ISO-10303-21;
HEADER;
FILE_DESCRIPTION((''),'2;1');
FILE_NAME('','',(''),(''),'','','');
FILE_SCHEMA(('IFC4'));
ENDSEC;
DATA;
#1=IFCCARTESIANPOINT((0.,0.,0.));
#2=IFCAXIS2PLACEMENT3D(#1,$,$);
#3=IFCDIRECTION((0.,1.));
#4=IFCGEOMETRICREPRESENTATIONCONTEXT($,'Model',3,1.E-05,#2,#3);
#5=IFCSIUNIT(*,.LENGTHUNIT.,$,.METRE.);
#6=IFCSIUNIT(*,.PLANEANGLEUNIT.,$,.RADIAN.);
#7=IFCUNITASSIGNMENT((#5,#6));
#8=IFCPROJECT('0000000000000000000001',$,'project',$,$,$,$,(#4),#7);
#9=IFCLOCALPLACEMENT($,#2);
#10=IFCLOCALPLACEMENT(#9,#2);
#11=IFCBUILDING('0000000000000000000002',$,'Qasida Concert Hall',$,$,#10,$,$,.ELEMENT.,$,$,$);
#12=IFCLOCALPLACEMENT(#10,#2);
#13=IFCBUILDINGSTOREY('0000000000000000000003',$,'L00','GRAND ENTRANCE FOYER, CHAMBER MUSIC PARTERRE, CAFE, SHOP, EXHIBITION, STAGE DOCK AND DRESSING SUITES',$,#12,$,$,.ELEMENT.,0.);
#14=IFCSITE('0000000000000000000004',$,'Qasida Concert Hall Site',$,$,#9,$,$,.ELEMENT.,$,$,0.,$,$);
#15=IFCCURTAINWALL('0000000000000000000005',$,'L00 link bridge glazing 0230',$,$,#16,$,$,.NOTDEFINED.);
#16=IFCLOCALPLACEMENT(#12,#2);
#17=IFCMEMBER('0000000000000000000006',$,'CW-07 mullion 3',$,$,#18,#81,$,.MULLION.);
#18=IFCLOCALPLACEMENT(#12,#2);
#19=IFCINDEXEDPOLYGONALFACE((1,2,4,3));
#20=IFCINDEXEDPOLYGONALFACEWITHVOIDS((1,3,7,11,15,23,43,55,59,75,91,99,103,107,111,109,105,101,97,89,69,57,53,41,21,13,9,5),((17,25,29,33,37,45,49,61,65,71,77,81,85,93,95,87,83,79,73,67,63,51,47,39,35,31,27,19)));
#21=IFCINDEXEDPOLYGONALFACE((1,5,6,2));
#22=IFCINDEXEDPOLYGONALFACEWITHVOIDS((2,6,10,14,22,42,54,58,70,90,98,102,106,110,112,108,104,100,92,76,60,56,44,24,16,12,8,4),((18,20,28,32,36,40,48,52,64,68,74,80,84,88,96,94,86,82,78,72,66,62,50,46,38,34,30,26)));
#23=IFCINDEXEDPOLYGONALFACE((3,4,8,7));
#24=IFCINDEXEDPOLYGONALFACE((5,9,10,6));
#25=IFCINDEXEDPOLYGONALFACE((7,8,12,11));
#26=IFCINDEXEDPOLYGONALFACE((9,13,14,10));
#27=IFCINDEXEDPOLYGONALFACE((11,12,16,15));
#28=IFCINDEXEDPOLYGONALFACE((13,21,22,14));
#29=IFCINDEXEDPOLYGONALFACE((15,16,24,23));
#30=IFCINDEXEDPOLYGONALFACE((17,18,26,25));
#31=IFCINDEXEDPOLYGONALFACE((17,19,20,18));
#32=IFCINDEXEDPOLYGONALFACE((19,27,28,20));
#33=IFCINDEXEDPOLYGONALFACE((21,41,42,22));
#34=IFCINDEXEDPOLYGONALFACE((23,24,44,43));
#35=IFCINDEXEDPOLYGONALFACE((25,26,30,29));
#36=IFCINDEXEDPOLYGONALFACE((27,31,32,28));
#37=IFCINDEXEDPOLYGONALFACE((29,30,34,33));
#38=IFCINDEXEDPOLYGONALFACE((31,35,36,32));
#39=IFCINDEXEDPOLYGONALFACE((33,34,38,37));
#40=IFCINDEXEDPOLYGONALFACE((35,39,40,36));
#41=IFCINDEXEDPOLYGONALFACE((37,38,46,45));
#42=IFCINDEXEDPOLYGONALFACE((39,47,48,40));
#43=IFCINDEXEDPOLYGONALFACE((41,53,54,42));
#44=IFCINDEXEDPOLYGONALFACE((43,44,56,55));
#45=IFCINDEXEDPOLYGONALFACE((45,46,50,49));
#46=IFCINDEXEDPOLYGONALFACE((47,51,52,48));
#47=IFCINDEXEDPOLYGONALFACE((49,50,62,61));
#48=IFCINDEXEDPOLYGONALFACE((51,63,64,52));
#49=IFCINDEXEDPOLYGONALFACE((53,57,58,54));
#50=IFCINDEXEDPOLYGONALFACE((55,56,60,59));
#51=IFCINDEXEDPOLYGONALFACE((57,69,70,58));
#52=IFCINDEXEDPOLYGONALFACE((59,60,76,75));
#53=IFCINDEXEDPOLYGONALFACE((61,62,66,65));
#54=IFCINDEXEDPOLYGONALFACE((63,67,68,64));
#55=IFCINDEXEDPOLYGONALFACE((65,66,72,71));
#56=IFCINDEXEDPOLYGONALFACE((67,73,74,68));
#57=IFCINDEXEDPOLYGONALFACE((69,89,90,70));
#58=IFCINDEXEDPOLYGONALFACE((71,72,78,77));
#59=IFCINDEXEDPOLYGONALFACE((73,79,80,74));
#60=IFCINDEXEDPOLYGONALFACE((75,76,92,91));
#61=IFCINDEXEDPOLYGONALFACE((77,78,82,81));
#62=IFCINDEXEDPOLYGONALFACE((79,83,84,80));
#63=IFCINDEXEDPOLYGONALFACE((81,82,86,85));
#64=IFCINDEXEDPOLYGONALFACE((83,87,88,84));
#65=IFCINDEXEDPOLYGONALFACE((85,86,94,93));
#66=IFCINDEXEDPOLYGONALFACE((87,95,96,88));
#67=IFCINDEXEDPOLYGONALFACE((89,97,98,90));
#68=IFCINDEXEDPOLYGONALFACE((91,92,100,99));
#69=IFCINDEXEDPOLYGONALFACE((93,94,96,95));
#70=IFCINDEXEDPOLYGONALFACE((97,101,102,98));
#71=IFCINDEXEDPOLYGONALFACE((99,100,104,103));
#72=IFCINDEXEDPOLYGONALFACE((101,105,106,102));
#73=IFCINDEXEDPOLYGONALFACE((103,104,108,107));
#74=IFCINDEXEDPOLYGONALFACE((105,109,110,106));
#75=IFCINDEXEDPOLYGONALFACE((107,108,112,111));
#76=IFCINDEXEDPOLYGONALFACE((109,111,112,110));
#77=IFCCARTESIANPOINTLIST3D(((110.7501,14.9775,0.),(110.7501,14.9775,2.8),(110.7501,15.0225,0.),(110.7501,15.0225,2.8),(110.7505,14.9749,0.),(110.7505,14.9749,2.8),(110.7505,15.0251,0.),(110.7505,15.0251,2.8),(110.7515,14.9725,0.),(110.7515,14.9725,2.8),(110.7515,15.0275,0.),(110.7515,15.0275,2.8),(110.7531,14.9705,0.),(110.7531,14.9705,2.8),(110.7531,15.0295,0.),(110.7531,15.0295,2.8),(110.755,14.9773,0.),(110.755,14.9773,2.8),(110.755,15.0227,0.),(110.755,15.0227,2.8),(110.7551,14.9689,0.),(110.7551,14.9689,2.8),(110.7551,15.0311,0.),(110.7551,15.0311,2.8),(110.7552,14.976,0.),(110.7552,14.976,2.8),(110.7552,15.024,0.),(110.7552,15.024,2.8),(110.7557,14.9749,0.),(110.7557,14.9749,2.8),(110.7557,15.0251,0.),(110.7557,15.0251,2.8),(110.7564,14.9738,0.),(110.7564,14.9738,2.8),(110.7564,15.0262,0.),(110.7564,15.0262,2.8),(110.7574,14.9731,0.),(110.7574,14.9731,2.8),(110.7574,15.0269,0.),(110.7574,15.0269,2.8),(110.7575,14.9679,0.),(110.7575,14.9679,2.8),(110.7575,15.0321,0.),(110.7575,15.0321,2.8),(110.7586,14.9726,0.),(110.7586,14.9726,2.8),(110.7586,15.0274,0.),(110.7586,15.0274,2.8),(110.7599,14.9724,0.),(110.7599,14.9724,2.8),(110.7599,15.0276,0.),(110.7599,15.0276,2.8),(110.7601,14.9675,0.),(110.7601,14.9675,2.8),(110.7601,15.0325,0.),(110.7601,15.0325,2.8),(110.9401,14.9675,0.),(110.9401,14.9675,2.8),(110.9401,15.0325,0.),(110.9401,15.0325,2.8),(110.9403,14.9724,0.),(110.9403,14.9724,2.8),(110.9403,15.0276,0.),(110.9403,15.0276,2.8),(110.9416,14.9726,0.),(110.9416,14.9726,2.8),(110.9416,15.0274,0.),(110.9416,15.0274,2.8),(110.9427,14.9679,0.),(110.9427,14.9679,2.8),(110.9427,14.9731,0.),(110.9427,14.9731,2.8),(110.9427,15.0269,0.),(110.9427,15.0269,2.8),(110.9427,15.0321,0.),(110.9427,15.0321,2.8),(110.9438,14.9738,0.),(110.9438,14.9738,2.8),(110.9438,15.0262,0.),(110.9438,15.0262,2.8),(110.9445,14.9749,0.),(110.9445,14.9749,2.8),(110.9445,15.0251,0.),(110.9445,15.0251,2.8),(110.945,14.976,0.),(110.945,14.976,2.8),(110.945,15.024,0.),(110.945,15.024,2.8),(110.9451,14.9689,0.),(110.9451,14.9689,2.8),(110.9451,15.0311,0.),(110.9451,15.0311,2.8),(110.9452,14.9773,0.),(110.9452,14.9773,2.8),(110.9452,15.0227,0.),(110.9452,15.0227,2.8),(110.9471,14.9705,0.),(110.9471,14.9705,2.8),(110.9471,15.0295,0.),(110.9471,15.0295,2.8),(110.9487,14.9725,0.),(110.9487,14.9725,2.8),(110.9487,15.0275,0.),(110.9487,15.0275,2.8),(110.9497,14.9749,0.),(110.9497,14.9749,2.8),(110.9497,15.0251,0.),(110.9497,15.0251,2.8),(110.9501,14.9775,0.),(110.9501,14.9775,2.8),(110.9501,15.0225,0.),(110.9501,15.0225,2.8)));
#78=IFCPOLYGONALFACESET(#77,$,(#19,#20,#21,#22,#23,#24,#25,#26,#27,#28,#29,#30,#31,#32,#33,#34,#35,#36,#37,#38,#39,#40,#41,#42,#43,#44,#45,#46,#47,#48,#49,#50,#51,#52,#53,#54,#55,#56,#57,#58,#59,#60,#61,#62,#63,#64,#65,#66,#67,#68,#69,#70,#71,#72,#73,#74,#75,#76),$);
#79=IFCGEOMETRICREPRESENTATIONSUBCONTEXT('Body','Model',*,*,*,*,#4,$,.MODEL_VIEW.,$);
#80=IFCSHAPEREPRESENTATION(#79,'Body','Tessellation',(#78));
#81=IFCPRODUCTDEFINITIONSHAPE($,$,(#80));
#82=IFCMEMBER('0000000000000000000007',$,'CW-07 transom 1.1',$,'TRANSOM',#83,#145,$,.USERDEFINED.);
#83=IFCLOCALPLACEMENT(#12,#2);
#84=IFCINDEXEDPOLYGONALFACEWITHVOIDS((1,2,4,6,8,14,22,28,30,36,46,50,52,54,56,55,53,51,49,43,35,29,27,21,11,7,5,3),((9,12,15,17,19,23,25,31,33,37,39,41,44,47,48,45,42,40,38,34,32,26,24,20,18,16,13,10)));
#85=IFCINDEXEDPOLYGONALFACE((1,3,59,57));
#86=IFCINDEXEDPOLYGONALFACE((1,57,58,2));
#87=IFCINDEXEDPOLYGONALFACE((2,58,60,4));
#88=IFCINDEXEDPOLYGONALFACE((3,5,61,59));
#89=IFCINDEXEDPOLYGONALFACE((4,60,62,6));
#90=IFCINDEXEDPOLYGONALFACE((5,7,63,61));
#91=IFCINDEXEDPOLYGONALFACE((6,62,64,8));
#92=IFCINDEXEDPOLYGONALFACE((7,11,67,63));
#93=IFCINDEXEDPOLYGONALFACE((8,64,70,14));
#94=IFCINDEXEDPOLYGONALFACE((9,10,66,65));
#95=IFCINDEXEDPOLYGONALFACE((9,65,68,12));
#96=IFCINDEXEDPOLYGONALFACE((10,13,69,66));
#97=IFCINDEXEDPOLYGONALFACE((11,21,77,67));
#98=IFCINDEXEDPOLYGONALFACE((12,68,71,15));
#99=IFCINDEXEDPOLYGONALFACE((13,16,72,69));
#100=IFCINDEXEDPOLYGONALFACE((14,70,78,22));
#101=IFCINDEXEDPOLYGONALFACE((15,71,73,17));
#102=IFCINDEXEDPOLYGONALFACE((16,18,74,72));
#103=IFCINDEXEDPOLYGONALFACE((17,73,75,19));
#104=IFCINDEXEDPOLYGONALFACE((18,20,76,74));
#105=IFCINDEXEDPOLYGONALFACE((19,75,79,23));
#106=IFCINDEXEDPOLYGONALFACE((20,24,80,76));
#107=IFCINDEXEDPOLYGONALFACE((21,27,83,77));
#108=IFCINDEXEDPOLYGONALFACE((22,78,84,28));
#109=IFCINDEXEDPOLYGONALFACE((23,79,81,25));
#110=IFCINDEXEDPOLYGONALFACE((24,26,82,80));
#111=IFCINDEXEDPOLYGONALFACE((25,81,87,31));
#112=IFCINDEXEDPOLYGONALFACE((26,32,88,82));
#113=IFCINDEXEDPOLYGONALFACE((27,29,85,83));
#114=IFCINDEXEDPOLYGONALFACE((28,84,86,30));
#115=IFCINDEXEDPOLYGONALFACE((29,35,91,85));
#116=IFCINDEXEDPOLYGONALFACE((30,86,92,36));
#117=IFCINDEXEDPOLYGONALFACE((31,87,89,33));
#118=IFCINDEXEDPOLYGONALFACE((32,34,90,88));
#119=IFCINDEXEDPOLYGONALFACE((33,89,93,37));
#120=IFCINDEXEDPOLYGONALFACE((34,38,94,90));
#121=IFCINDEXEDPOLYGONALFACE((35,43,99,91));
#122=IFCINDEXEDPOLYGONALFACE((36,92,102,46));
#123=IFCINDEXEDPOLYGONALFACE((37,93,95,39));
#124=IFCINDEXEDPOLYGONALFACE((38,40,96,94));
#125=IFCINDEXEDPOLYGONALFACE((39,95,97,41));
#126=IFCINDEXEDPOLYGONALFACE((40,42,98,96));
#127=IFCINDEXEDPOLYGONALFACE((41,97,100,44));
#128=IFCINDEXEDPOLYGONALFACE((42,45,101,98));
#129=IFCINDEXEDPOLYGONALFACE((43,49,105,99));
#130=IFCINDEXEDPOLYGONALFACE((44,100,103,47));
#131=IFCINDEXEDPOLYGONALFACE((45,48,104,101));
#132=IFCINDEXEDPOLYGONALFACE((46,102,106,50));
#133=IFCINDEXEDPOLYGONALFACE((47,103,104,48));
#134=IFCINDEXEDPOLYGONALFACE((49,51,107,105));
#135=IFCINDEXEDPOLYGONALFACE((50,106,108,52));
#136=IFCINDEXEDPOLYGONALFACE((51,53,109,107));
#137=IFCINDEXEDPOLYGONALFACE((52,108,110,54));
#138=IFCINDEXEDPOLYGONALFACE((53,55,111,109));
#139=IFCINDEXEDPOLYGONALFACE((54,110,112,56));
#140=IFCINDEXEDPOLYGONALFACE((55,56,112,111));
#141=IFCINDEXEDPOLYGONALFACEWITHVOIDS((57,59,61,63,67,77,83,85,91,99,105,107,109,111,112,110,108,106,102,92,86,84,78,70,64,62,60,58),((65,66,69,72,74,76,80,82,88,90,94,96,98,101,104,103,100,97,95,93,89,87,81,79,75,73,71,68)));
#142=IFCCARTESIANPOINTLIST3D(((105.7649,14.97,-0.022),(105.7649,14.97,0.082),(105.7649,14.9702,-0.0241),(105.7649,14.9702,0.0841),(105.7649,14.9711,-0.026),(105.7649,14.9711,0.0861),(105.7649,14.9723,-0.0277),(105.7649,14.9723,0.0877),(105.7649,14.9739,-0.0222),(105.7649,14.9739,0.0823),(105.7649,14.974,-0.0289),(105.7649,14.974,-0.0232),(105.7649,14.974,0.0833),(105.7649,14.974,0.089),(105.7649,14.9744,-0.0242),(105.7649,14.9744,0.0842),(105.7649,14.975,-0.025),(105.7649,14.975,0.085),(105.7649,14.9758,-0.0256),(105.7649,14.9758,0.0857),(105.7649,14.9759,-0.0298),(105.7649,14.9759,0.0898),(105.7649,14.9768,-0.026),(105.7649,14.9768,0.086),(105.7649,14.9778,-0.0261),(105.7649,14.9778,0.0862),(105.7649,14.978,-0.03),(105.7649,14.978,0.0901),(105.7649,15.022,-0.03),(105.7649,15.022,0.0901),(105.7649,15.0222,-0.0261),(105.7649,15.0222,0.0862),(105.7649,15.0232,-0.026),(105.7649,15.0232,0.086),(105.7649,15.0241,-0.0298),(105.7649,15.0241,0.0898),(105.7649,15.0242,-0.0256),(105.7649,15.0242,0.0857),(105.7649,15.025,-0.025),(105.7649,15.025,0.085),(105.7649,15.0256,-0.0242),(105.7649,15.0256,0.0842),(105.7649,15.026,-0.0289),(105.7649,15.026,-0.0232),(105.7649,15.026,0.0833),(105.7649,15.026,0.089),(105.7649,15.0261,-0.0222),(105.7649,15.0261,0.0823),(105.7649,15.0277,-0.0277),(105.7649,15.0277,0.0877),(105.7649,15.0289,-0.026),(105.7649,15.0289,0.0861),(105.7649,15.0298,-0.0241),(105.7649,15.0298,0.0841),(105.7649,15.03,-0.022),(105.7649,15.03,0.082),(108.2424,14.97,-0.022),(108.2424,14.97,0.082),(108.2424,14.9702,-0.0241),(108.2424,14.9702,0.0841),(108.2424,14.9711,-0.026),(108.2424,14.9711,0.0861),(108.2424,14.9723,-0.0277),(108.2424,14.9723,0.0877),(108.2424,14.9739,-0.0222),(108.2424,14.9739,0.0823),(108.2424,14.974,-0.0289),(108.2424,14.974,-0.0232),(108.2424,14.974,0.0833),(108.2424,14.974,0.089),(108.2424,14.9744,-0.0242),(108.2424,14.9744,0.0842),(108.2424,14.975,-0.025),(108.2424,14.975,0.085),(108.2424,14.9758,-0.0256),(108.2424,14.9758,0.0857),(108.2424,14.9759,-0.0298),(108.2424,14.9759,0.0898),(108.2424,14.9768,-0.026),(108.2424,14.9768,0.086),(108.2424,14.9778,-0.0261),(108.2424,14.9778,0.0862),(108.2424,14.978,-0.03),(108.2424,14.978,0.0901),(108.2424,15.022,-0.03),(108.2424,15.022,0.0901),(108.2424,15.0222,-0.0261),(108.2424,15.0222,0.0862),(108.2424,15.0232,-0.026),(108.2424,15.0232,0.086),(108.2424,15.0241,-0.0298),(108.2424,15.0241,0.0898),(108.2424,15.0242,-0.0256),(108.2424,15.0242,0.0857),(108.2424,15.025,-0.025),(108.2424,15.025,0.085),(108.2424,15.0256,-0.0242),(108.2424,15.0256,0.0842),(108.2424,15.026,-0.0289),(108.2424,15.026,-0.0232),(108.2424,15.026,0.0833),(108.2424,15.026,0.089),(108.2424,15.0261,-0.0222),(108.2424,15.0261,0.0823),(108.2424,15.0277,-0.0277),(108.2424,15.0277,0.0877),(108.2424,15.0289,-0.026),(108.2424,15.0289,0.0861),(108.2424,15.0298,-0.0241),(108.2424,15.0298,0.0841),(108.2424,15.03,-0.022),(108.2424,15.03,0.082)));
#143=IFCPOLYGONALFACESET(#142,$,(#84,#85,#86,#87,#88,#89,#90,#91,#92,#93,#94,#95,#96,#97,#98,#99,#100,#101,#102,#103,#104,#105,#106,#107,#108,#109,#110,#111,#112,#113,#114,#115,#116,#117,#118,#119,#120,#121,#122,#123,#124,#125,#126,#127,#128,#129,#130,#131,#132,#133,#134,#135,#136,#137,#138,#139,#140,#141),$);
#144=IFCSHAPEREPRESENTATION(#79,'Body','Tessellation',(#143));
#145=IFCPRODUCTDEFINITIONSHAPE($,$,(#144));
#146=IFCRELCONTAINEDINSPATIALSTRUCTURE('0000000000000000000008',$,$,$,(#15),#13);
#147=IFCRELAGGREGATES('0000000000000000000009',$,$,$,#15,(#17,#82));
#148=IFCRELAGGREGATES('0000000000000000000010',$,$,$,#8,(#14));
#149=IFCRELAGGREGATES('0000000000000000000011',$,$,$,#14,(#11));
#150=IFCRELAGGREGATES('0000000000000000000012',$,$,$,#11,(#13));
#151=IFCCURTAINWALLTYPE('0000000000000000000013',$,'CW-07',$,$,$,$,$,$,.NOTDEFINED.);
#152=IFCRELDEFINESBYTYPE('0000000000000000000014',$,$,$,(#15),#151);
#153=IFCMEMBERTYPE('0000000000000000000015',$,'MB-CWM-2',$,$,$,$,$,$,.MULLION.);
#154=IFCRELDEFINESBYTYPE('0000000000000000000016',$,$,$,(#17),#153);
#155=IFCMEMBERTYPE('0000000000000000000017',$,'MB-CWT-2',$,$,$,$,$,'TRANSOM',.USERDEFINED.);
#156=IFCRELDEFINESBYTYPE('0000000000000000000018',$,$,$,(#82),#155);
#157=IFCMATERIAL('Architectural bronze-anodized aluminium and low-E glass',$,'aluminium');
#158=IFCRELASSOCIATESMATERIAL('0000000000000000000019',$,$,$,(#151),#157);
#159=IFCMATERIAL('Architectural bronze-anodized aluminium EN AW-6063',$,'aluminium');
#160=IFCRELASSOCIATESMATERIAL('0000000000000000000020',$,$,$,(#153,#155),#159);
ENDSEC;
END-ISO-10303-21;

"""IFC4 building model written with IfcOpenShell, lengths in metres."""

from ifc_helpers import new_model, si_unit, direction, frame, origin, origin_2d, place, context, subcontext, project, spatial, hollow_rectangle, extrude, material, material_profile, profile_set, type_object, element, aggregate, save


model = new_model("IFC4")

# Units and contexts
model_context = context("Model", 3, precision=1e-05, world=origin(), true_north=direction((0.0, 1.0)))
body_context = subcontext(model_context, "Body", "Model", "MODEL_VIEW")
ifc_project = project(units=[si_unit("LENGTHUNIT", "METRE"), si_unit("PLANEANGLEUNIT", "RADIAN")], contexts=[model_context])

# Site, building, storey
site_placement = place(None, origin())
site = spatial("IfcSite", under=ifc_project, at=site_placement, Name="Qasida Concert Hall Site", CompositionType="ELEMENT", RefElevation=0.0)
building_placement = place(site_placement, origin())
building = spatial("IfcBuilding", under=site, at=building_placement, Name="Qasida Concert Hall", CompositionType="ELEMENT")
storey_placement = place(building_placement, origin())
storey = spatial("IfcBuildingStorey", under=building, at=storey_placement, Name="L00", Description="GRAND ENTRANCE FOYER, CHAMBER MUSIC PARTERRE, CAFE, SHOP, EXHIBITION, STAGE DOCK AND DRESSING SUITES", CompositionType="ELEMENT", Elevation=0.0)

# Curtain wall, members
ifc_material_1 = material(Name="Architectural bronze-anodized aluminium and low-E glass", Category="aluminium")
curtain_wall_type = type_object("IfcCurtainWallType", Name="CW-07", PredefinedType="NOTDEFINED", material=ifc_material_1)
curtain_wall_placement = place(storey_placement, origin())
curtain_wall = element("IfcCurtainWall", 1, at=curtain_wall_placement, inside=storey, type_object=curtain_wall_type, Name="L00 link bridge glazing 0230", PredefinedType="NOTDEFINED")
ifc_material_2 = material(Name="Architectural bronze-anodized aluminium EN AW-6063", Category="aluminium")
ifc_material_profile_1 = material_profile(ifc_material_2, hollow_rectangle(XDim=0.0649, YDim=0.2, WallThickness=0.0049, InnerFilletRadius=0.0049, OuterFilletRadius=0.01, at=origin_2d()), Name="CWM 200x65x5")
ifc_profile_set_1 = profile_set([ifc_material_profile_1], Name="Architectural bronze-anodized aluminium EN AW-6063")
member_type_1 = type_object("IfcMemberType", Name="MB-CWM-2", PredefinedType="MULLION", material=ifc_profile_set_1)
member_1_placement = place(storey_placement, frame((110.8501, 15.0, 0.0), z_axis=(0.0, 0.0, 1.0), x_axis=(0.0, 1.0, 0.0)))
member_1 = element("IfcMember", 2, at=member_1_placement, type_object=member_type_1, Name="CW-07 mullion 3", PredefinedType="MULLION", context=body_context, shape_type="SweptSolid", body=[
    extrude(hollow_rectangle(XDim=0.0649, YDim=0.2, WallThickness=0.0049, InnerFilletRadius=0.0049, OuterFilletRadius=0.01, at=origin_2d()), origin(), (0.0, 0.0, 1.0), 2.8),
])
ifc_material_profile_2 = material_profile(ifc_material_2, hollow_rectangle(XDim=0.0601, YDim=0.1201, WallThickness=0.0039, InnerFilletRadius=0.0039, OuterFilletRadius=0.0081, at=origin_2d()), Name="CWT 120x60x4")
ifc_profile_set_2 = profile_set([ifc_material_profile_2], Name="Architectural bronze-anodized aluminium EN AW-6063")
member_type_2 = type_object("IfcMemberType", Name="MB-CWT-2", ElementType="TRANSOM", PredefinedType="USERDEFINED", material=ifc_profile_set_2)
member_2_placement = place(storey_placement, frame((105.7649, 15.0, 0.03), z_axis=(1.0, 0.0, 0.0), x_axis=(0.0, 1.0, 0.0)))
member_2 = element("IfcMember", 3, at=member_2_placement, type_object=member_type_2, Name="CW-07 transom 1.1", ObjectType="TRANSOM", PredefinedType="USERDEFINED", context=body_context, shape_type="SweptSolid", body=[
    extrude(hollow_rectangle(XDim=0.0601, YDim=0.1201, WallThickness=0.0039, InnerFilletRadius=0.0039, OuterFilletRadius=0.0081, at=origin_2d()), origin(), (0.0, 0.0, 1.0), 2.4775),
])
aggregate(curtain_wall, [member_1, member_2])

save(model, "model.ifc")
